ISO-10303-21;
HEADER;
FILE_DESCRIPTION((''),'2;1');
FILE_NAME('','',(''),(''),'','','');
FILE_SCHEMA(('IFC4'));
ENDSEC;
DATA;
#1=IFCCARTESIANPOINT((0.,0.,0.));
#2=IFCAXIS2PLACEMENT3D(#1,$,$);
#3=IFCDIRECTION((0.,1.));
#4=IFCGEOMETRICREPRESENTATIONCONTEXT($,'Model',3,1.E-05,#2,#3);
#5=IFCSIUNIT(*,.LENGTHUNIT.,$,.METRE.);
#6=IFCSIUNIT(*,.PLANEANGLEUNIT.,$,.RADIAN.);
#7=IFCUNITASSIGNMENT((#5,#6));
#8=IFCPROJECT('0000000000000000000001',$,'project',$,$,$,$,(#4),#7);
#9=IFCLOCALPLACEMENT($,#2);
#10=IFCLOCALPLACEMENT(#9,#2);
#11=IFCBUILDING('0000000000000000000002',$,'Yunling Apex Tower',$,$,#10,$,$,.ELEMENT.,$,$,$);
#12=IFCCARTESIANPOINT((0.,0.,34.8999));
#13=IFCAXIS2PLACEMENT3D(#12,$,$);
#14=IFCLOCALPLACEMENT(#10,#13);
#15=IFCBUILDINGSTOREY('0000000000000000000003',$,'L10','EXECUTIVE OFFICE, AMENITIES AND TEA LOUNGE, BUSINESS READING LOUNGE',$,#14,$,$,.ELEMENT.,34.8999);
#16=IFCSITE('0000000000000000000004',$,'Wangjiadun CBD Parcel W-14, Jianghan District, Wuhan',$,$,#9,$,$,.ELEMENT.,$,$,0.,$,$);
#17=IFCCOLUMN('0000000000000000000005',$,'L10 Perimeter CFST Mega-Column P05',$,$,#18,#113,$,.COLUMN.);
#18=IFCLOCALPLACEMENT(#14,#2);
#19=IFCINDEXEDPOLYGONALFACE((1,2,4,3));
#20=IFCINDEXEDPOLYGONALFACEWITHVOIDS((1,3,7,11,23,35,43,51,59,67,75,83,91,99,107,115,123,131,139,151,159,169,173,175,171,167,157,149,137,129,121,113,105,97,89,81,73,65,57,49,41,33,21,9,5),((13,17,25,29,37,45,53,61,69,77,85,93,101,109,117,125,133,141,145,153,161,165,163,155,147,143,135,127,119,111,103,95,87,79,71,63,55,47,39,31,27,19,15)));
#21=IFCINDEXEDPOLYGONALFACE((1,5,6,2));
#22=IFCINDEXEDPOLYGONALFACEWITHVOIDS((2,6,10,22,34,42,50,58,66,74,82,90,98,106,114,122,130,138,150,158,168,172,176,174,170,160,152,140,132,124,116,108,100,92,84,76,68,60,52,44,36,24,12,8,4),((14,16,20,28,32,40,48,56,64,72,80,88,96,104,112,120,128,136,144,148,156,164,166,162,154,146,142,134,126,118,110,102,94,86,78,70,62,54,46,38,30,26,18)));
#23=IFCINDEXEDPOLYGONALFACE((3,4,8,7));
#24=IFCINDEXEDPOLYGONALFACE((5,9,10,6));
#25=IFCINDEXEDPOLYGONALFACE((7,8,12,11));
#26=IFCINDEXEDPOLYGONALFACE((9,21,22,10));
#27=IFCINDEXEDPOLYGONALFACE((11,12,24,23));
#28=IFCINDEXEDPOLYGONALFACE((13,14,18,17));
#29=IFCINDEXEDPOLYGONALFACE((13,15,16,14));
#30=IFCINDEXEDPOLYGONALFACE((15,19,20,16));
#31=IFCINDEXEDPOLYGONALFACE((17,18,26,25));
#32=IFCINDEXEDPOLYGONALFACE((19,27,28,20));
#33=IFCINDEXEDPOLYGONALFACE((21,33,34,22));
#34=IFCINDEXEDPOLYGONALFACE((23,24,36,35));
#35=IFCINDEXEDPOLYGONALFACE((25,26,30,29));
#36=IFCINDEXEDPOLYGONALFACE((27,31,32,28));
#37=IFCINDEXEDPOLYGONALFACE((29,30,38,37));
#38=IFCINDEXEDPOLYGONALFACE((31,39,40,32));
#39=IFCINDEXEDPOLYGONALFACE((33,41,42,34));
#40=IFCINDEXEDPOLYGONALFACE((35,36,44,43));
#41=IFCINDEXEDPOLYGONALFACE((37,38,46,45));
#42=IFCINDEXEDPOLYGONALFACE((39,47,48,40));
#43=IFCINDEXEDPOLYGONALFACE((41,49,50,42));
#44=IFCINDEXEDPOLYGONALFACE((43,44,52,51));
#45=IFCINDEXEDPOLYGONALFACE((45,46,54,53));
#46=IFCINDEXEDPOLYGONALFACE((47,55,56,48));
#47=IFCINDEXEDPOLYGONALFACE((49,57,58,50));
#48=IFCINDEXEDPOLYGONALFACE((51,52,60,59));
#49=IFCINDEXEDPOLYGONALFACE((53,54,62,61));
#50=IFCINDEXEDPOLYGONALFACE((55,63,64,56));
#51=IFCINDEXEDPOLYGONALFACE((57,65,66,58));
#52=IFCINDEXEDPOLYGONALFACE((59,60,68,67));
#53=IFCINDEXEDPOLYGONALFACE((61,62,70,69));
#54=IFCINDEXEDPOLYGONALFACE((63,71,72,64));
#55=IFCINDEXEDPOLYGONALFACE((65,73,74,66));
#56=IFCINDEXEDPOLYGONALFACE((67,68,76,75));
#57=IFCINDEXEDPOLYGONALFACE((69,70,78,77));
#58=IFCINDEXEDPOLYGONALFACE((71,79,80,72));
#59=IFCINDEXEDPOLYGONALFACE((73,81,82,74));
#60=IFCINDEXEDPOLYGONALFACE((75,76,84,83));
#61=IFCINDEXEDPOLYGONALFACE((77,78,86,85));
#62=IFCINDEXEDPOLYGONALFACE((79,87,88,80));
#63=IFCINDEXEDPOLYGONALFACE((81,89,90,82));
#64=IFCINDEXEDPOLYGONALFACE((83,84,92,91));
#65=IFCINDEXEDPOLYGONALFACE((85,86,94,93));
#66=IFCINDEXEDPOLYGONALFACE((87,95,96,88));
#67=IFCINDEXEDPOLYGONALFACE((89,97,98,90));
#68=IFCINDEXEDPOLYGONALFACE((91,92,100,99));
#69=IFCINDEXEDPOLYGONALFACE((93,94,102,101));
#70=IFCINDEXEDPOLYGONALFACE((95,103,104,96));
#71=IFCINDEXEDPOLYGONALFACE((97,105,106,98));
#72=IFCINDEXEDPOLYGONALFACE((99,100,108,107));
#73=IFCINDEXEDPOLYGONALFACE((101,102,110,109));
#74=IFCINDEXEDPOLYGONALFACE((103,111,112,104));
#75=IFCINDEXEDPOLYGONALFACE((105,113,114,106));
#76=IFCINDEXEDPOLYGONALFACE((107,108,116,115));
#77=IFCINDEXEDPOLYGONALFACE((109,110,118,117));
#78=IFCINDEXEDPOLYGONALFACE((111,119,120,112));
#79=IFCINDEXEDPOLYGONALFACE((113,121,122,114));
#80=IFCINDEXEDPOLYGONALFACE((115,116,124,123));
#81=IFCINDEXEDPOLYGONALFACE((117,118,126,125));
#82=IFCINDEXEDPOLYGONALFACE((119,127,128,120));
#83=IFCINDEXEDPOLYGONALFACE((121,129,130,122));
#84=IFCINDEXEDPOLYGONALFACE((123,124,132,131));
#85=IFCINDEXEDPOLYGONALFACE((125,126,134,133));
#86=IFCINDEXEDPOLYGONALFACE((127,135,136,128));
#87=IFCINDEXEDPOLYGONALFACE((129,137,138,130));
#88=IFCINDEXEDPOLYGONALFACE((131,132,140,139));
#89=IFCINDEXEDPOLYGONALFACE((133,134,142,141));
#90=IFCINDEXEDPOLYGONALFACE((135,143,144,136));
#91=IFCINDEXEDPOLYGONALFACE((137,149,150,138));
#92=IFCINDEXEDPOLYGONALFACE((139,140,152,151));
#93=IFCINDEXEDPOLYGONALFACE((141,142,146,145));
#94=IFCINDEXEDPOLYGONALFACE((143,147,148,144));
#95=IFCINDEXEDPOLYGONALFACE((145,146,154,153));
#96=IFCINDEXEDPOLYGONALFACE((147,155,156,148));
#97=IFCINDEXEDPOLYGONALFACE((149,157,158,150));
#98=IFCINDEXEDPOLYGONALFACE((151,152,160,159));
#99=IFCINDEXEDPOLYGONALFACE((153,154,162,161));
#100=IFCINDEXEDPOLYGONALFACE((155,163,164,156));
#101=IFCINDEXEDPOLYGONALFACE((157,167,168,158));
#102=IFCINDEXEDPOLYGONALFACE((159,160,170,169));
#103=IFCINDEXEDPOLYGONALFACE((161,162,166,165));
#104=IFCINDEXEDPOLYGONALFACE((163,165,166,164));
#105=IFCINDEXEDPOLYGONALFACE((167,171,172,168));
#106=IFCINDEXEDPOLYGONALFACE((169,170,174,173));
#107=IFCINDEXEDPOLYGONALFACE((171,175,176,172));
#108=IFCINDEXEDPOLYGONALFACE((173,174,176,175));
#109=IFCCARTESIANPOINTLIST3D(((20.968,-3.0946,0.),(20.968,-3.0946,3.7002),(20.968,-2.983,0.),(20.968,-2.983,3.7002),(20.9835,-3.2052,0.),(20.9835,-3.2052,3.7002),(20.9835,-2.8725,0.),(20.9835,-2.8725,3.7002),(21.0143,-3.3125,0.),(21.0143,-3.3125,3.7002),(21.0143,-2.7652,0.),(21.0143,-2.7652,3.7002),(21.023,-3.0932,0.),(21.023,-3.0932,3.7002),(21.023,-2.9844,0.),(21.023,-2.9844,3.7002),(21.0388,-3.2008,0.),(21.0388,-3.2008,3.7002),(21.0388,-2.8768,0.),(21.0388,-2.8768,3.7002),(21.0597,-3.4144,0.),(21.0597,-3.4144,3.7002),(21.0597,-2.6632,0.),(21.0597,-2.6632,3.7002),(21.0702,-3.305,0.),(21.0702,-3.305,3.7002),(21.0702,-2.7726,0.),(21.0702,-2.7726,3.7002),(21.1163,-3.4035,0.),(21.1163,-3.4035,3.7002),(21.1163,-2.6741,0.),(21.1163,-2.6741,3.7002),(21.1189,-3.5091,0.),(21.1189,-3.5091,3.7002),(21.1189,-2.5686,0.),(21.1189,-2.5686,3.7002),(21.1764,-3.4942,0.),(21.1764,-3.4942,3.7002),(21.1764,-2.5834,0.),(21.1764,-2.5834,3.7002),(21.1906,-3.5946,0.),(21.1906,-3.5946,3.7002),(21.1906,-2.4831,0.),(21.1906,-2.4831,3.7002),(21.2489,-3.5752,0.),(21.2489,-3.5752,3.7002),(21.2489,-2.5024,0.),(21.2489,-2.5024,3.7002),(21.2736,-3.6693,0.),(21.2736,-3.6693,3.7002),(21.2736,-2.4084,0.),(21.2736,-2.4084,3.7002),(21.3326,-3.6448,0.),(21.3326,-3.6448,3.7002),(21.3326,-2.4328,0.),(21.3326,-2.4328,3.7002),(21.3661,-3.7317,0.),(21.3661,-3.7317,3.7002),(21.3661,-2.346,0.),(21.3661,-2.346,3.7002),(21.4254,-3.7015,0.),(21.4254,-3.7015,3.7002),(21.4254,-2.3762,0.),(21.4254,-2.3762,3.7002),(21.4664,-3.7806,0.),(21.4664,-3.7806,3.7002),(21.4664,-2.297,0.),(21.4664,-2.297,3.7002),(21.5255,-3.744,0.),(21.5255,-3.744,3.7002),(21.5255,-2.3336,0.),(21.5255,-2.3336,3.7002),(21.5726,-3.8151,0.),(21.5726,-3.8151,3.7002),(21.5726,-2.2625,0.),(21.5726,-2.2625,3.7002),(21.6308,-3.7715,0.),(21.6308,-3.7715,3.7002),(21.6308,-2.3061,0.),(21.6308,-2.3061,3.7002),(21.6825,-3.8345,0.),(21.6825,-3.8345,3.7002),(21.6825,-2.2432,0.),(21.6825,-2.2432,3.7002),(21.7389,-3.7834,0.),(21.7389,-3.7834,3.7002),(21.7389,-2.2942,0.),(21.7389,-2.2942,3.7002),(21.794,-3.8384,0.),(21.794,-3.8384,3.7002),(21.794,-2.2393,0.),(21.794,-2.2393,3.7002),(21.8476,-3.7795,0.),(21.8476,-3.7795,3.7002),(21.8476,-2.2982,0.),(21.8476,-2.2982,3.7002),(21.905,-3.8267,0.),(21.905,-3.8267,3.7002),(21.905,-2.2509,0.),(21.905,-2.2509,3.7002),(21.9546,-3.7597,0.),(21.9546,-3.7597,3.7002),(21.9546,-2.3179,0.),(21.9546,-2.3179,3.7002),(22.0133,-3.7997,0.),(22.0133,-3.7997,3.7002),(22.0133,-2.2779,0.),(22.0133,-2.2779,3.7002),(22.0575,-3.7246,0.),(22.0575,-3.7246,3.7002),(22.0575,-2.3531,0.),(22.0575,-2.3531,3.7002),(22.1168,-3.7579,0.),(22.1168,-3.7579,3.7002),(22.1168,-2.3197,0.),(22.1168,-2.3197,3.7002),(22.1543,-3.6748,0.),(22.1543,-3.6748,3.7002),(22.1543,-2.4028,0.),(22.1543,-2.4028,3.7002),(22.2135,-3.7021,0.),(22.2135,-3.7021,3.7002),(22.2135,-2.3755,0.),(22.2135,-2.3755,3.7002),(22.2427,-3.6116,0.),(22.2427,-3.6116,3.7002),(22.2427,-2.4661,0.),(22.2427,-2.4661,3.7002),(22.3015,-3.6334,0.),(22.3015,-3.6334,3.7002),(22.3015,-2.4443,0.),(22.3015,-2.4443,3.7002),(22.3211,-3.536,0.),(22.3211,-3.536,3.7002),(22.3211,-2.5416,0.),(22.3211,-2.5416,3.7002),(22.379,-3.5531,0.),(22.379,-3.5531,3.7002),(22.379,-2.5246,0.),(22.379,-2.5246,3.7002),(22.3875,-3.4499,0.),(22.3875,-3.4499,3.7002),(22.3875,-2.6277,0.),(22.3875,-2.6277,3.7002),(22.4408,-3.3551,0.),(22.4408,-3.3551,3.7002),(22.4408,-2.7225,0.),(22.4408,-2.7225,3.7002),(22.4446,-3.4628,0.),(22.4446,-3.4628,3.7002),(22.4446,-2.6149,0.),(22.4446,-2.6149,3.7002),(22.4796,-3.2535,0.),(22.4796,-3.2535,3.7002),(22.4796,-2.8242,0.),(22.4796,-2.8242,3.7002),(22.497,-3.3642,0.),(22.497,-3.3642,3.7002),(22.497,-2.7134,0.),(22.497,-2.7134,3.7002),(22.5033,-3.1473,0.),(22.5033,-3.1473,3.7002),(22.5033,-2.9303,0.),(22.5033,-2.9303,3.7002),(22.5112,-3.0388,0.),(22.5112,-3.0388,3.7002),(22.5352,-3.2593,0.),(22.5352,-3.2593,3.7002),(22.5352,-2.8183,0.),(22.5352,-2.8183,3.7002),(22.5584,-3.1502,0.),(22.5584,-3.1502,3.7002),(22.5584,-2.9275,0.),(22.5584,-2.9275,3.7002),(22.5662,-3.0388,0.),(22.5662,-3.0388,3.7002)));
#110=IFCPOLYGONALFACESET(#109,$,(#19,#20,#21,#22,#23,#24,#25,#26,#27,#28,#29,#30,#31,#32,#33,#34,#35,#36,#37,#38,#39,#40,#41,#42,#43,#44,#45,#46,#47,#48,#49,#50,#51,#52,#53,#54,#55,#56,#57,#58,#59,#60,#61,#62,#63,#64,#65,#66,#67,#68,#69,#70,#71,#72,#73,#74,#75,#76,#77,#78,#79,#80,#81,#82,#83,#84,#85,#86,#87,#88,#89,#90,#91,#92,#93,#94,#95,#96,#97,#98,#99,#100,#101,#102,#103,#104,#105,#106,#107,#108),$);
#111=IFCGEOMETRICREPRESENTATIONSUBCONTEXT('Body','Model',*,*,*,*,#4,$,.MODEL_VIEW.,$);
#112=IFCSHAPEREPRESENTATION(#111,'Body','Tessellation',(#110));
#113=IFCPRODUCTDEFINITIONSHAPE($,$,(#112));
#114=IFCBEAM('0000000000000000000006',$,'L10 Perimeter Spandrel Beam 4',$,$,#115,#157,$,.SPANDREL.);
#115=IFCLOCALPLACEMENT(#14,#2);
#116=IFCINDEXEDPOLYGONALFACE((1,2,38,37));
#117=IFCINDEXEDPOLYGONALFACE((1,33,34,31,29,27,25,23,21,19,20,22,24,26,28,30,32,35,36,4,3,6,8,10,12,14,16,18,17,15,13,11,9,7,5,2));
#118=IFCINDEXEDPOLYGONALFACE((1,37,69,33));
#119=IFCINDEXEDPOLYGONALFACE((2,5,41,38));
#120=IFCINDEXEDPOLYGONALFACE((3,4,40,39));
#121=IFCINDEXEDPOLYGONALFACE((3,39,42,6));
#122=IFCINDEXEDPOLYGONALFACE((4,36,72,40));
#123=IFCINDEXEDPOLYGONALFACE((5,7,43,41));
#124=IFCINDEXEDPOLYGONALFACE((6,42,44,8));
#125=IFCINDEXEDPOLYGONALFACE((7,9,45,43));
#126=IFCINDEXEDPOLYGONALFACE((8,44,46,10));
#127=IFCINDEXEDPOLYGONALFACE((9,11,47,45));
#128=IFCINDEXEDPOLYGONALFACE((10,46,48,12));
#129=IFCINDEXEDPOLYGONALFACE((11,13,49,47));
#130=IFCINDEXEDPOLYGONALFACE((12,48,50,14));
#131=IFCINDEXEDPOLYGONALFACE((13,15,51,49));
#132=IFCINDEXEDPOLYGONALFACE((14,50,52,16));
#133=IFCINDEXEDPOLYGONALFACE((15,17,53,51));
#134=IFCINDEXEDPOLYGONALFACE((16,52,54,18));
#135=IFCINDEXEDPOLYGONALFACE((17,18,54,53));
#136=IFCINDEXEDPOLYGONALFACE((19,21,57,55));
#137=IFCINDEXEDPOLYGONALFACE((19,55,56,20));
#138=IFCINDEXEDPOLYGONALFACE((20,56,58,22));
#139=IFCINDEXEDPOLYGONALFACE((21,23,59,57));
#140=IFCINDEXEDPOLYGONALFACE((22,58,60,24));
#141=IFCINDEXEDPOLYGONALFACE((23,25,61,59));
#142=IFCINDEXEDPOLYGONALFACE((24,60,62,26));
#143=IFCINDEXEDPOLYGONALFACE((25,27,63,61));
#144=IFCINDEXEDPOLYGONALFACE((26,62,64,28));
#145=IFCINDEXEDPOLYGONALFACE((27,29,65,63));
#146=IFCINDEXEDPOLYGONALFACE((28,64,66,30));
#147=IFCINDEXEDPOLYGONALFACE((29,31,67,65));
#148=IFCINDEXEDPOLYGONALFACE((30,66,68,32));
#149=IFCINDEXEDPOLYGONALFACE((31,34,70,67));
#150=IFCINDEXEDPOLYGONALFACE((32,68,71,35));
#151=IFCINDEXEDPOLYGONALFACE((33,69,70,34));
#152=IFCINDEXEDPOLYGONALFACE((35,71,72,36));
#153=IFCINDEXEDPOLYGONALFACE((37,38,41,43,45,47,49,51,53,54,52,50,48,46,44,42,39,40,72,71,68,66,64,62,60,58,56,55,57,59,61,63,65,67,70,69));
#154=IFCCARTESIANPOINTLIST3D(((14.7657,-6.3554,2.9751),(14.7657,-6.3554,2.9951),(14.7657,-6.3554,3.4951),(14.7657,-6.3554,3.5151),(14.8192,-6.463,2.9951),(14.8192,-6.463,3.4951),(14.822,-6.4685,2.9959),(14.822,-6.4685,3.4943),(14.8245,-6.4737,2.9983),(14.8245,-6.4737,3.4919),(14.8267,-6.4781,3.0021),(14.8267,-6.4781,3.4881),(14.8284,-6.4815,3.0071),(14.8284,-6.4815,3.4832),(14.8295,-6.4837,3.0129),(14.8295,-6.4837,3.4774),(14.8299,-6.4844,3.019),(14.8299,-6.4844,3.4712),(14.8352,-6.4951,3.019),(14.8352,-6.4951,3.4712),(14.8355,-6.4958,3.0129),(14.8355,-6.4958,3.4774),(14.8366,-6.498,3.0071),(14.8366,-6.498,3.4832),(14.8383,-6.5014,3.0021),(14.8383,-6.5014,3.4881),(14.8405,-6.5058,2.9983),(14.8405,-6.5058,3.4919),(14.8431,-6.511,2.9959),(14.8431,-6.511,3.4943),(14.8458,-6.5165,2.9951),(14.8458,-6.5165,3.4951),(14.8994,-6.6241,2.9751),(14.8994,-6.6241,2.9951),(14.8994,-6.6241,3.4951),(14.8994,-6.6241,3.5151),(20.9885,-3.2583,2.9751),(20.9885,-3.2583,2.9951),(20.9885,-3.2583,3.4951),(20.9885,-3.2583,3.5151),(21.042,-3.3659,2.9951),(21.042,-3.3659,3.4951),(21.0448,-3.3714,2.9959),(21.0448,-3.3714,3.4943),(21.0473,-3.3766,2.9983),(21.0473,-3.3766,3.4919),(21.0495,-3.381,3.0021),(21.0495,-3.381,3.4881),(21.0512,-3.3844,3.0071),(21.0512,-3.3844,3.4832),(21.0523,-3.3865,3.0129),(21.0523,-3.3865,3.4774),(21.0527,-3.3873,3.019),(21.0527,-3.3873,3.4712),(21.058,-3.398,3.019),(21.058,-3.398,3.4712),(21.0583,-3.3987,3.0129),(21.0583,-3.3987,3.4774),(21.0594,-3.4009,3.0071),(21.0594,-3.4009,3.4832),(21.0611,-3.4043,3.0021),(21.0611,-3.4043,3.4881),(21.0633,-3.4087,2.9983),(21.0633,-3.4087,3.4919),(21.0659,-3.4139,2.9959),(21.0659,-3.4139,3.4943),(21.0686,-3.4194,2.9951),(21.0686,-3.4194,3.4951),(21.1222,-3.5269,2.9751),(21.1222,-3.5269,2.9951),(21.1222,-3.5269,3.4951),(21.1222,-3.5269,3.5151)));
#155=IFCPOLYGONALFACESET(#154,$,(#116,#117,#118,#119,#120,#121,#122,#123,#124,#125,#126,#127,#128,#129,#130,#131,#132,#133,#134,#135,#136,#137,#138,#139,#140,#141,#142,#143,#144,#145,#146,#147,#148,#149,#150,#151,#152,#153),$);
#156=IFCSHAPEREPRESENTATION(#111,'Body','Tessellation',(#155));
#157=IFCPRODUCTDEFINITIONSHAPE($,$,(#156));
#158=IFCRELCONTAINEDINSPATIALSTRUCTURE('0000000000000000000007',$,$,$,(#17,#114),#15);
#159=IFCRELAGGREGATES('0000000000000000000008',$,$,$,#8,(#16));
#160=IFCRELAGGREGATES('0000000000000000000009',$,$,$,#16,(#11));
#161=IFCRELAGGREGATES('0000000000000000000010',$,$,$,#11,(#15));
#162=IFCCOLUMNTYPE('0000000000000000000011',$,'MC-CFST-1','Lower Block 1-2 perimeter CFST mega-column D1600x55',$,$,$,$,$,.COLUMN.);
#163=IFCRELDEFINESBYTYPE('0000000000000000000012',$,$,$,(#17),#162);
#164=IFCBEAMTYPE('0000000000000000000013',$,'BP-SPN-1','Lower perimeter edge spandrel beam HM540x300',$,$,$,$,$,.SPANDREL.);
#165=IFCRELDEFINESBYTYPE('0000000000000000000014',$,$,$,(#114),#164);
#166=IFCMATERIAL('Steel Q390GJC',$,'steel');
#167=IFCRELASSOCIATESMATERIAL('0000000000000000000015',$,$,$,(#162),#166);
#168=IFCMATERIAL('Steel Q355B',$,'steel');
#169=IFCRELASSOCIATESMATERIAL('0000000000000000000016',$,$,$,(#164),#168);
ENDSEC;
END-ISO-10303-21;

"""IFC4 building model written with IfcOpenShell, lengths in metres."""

from ifc_helpers import new_model, si_unit, direction, frame, origin, origin_2d, place, context, subcontext, project, spatial, hollow_circle, i_section, extrude, source, transform, mapped, material, material_profile, profile_set, type_object, element, save


model = new_model("IFC4")

# Units and contexts
model_context = context("Model", 3, precision=1e-05, world=origin(), true_north=direction((0.0, 1.0)))
body_context = subcontext(model_context, "Body", "Model", "MODEL_VIEW")
ifc_project = project(units=[si_unit("LENGTHUNIT", "METRE"), si_unit("PLANEANGLEUNIT", "RADIAN")], contexts=[model_context])

# Site, building, storey
site_placement = place(None, origin())
site = spatial("IfcSite", under=ifc_project, at=site_placement, Name="Wangjiadun CBD Parcel W-14, Jianghan District, Wuhan", CompositionType="ELEMENT", RefElevation=0.0)
building_placement = place(site_placement, origin())
building = spatial("IfcBuilding", under=site, at=building_placement, Name="Yunling Apex Tower", CompositionType="ELEMENT")
storey_placement = place(building_placement, frame((0.0, 0.0, 34.8999)))
storey = spatial("IfcBuildingStorey", under=building, at=storey_placement, Name="L10", Description="EXECUTIVE OFFICE, AMENITIES AND TEA LOUNGE, BUSINESS READING LOUNGE", CompositionType="ELEMENT", Elevation=34.8999)

# Column
ifc_material_1 = material(Name="Steel Q390GJC", Category="steel")
ifc_material_profile_1 = material_profile(ifc_material_1, hollow_circle(Radius=0.8, WallThickness=0.0549, at=origin_2d()))
ifc_profile_set_1 = profile_set([ifc_material_profile_1], Name="Steel Q390GJC")
column_type = type_object("IfcColumnType", Name="MC-CFST-1", Description="Lower Block 1-2 perimeter CFST mega-column D1600x55", PredefinedType="COLUMN", material=ifc_profile_set_1)
shared_shape_1 = source(origin(), body_context, "Body", "SweptSolid", [
    extrude(hollow_circle(Radius=0.8, WallThickness=0.0549, at=origin_2d()), origin(), (0.0, 0.0, 1.0), 3.7002),
])
column_placement = place(storey_placement, frame((21.7661, -3.0388, 0.0), z_axis=(0.0, 0.0, 1.0), x_axis=(1.0, 0.0, 0.0)))
element("IfcColumn", 1, at=column_placement, inside=storey, type_object=column_type, Name="L10 Perimeter CFST Mega-Column P05", PredefinedType="COLUMN", context=body_context, shape_type="MappedRepresentation", body=[
    mapped(shared_shape_1, transform((0.0, 0.0, 0.0), scale=1.0)),
])

# Beam
ifc_material_2 = material(Name="Steel Q355B", Category="steel")
ifc_material_profile_2 = material_profile(ifc_material_2, i_section(OverallWidth=0.3, OverallDepth=0.54, WebThickness=0.012, FlangeThickness=0.02, FilletRadius=0.0239, at=origin_2d()))
ifc_profile_set_2 = profile_set([ifc_material_profile_2], Name="Steel Q355B")
beam_type_1 = type_object("IfcBeamType", Name="BP-SPN-1", Description="Lower perimeter edge spandrel beam HM540x300", PredefinedType="SPANDREL", material=ifc_profile_set_2)
shared_shape_2 = source(origin(), body_context, "Body", "SweptSolid", [
    extrude(i_section(OverallWidth=0.3, OverallDepth=0.54, WebThickness=0.012, FlangeThickness=0.02, FilletRadius=0.0239, at=origin_2d()), origin(), (0.0, 0.0, 1.0), 6.9509),
])
beam_1_placement = place(storey_placement, frame((14.8325, -6.4897, 3.2451), z_axis=(0.895248, 0.445569, 0.0), x_axis=(-0.445569, 0.895248, 0.0)))
element("IfcBeam", 2, at=beam_1_placement, inside=storey, type_object=beam_type_1, Name="L10 Perimeter Spandrel Beam 4", PredefinedType="SPANDREL", context=body_context, shape_type="MappedRepresentation", body=[
    mapped(shared_shape_2, transform((0.0, 0.0, 0.0), scale=1.0)),
])

save(model, "model.ifc")
